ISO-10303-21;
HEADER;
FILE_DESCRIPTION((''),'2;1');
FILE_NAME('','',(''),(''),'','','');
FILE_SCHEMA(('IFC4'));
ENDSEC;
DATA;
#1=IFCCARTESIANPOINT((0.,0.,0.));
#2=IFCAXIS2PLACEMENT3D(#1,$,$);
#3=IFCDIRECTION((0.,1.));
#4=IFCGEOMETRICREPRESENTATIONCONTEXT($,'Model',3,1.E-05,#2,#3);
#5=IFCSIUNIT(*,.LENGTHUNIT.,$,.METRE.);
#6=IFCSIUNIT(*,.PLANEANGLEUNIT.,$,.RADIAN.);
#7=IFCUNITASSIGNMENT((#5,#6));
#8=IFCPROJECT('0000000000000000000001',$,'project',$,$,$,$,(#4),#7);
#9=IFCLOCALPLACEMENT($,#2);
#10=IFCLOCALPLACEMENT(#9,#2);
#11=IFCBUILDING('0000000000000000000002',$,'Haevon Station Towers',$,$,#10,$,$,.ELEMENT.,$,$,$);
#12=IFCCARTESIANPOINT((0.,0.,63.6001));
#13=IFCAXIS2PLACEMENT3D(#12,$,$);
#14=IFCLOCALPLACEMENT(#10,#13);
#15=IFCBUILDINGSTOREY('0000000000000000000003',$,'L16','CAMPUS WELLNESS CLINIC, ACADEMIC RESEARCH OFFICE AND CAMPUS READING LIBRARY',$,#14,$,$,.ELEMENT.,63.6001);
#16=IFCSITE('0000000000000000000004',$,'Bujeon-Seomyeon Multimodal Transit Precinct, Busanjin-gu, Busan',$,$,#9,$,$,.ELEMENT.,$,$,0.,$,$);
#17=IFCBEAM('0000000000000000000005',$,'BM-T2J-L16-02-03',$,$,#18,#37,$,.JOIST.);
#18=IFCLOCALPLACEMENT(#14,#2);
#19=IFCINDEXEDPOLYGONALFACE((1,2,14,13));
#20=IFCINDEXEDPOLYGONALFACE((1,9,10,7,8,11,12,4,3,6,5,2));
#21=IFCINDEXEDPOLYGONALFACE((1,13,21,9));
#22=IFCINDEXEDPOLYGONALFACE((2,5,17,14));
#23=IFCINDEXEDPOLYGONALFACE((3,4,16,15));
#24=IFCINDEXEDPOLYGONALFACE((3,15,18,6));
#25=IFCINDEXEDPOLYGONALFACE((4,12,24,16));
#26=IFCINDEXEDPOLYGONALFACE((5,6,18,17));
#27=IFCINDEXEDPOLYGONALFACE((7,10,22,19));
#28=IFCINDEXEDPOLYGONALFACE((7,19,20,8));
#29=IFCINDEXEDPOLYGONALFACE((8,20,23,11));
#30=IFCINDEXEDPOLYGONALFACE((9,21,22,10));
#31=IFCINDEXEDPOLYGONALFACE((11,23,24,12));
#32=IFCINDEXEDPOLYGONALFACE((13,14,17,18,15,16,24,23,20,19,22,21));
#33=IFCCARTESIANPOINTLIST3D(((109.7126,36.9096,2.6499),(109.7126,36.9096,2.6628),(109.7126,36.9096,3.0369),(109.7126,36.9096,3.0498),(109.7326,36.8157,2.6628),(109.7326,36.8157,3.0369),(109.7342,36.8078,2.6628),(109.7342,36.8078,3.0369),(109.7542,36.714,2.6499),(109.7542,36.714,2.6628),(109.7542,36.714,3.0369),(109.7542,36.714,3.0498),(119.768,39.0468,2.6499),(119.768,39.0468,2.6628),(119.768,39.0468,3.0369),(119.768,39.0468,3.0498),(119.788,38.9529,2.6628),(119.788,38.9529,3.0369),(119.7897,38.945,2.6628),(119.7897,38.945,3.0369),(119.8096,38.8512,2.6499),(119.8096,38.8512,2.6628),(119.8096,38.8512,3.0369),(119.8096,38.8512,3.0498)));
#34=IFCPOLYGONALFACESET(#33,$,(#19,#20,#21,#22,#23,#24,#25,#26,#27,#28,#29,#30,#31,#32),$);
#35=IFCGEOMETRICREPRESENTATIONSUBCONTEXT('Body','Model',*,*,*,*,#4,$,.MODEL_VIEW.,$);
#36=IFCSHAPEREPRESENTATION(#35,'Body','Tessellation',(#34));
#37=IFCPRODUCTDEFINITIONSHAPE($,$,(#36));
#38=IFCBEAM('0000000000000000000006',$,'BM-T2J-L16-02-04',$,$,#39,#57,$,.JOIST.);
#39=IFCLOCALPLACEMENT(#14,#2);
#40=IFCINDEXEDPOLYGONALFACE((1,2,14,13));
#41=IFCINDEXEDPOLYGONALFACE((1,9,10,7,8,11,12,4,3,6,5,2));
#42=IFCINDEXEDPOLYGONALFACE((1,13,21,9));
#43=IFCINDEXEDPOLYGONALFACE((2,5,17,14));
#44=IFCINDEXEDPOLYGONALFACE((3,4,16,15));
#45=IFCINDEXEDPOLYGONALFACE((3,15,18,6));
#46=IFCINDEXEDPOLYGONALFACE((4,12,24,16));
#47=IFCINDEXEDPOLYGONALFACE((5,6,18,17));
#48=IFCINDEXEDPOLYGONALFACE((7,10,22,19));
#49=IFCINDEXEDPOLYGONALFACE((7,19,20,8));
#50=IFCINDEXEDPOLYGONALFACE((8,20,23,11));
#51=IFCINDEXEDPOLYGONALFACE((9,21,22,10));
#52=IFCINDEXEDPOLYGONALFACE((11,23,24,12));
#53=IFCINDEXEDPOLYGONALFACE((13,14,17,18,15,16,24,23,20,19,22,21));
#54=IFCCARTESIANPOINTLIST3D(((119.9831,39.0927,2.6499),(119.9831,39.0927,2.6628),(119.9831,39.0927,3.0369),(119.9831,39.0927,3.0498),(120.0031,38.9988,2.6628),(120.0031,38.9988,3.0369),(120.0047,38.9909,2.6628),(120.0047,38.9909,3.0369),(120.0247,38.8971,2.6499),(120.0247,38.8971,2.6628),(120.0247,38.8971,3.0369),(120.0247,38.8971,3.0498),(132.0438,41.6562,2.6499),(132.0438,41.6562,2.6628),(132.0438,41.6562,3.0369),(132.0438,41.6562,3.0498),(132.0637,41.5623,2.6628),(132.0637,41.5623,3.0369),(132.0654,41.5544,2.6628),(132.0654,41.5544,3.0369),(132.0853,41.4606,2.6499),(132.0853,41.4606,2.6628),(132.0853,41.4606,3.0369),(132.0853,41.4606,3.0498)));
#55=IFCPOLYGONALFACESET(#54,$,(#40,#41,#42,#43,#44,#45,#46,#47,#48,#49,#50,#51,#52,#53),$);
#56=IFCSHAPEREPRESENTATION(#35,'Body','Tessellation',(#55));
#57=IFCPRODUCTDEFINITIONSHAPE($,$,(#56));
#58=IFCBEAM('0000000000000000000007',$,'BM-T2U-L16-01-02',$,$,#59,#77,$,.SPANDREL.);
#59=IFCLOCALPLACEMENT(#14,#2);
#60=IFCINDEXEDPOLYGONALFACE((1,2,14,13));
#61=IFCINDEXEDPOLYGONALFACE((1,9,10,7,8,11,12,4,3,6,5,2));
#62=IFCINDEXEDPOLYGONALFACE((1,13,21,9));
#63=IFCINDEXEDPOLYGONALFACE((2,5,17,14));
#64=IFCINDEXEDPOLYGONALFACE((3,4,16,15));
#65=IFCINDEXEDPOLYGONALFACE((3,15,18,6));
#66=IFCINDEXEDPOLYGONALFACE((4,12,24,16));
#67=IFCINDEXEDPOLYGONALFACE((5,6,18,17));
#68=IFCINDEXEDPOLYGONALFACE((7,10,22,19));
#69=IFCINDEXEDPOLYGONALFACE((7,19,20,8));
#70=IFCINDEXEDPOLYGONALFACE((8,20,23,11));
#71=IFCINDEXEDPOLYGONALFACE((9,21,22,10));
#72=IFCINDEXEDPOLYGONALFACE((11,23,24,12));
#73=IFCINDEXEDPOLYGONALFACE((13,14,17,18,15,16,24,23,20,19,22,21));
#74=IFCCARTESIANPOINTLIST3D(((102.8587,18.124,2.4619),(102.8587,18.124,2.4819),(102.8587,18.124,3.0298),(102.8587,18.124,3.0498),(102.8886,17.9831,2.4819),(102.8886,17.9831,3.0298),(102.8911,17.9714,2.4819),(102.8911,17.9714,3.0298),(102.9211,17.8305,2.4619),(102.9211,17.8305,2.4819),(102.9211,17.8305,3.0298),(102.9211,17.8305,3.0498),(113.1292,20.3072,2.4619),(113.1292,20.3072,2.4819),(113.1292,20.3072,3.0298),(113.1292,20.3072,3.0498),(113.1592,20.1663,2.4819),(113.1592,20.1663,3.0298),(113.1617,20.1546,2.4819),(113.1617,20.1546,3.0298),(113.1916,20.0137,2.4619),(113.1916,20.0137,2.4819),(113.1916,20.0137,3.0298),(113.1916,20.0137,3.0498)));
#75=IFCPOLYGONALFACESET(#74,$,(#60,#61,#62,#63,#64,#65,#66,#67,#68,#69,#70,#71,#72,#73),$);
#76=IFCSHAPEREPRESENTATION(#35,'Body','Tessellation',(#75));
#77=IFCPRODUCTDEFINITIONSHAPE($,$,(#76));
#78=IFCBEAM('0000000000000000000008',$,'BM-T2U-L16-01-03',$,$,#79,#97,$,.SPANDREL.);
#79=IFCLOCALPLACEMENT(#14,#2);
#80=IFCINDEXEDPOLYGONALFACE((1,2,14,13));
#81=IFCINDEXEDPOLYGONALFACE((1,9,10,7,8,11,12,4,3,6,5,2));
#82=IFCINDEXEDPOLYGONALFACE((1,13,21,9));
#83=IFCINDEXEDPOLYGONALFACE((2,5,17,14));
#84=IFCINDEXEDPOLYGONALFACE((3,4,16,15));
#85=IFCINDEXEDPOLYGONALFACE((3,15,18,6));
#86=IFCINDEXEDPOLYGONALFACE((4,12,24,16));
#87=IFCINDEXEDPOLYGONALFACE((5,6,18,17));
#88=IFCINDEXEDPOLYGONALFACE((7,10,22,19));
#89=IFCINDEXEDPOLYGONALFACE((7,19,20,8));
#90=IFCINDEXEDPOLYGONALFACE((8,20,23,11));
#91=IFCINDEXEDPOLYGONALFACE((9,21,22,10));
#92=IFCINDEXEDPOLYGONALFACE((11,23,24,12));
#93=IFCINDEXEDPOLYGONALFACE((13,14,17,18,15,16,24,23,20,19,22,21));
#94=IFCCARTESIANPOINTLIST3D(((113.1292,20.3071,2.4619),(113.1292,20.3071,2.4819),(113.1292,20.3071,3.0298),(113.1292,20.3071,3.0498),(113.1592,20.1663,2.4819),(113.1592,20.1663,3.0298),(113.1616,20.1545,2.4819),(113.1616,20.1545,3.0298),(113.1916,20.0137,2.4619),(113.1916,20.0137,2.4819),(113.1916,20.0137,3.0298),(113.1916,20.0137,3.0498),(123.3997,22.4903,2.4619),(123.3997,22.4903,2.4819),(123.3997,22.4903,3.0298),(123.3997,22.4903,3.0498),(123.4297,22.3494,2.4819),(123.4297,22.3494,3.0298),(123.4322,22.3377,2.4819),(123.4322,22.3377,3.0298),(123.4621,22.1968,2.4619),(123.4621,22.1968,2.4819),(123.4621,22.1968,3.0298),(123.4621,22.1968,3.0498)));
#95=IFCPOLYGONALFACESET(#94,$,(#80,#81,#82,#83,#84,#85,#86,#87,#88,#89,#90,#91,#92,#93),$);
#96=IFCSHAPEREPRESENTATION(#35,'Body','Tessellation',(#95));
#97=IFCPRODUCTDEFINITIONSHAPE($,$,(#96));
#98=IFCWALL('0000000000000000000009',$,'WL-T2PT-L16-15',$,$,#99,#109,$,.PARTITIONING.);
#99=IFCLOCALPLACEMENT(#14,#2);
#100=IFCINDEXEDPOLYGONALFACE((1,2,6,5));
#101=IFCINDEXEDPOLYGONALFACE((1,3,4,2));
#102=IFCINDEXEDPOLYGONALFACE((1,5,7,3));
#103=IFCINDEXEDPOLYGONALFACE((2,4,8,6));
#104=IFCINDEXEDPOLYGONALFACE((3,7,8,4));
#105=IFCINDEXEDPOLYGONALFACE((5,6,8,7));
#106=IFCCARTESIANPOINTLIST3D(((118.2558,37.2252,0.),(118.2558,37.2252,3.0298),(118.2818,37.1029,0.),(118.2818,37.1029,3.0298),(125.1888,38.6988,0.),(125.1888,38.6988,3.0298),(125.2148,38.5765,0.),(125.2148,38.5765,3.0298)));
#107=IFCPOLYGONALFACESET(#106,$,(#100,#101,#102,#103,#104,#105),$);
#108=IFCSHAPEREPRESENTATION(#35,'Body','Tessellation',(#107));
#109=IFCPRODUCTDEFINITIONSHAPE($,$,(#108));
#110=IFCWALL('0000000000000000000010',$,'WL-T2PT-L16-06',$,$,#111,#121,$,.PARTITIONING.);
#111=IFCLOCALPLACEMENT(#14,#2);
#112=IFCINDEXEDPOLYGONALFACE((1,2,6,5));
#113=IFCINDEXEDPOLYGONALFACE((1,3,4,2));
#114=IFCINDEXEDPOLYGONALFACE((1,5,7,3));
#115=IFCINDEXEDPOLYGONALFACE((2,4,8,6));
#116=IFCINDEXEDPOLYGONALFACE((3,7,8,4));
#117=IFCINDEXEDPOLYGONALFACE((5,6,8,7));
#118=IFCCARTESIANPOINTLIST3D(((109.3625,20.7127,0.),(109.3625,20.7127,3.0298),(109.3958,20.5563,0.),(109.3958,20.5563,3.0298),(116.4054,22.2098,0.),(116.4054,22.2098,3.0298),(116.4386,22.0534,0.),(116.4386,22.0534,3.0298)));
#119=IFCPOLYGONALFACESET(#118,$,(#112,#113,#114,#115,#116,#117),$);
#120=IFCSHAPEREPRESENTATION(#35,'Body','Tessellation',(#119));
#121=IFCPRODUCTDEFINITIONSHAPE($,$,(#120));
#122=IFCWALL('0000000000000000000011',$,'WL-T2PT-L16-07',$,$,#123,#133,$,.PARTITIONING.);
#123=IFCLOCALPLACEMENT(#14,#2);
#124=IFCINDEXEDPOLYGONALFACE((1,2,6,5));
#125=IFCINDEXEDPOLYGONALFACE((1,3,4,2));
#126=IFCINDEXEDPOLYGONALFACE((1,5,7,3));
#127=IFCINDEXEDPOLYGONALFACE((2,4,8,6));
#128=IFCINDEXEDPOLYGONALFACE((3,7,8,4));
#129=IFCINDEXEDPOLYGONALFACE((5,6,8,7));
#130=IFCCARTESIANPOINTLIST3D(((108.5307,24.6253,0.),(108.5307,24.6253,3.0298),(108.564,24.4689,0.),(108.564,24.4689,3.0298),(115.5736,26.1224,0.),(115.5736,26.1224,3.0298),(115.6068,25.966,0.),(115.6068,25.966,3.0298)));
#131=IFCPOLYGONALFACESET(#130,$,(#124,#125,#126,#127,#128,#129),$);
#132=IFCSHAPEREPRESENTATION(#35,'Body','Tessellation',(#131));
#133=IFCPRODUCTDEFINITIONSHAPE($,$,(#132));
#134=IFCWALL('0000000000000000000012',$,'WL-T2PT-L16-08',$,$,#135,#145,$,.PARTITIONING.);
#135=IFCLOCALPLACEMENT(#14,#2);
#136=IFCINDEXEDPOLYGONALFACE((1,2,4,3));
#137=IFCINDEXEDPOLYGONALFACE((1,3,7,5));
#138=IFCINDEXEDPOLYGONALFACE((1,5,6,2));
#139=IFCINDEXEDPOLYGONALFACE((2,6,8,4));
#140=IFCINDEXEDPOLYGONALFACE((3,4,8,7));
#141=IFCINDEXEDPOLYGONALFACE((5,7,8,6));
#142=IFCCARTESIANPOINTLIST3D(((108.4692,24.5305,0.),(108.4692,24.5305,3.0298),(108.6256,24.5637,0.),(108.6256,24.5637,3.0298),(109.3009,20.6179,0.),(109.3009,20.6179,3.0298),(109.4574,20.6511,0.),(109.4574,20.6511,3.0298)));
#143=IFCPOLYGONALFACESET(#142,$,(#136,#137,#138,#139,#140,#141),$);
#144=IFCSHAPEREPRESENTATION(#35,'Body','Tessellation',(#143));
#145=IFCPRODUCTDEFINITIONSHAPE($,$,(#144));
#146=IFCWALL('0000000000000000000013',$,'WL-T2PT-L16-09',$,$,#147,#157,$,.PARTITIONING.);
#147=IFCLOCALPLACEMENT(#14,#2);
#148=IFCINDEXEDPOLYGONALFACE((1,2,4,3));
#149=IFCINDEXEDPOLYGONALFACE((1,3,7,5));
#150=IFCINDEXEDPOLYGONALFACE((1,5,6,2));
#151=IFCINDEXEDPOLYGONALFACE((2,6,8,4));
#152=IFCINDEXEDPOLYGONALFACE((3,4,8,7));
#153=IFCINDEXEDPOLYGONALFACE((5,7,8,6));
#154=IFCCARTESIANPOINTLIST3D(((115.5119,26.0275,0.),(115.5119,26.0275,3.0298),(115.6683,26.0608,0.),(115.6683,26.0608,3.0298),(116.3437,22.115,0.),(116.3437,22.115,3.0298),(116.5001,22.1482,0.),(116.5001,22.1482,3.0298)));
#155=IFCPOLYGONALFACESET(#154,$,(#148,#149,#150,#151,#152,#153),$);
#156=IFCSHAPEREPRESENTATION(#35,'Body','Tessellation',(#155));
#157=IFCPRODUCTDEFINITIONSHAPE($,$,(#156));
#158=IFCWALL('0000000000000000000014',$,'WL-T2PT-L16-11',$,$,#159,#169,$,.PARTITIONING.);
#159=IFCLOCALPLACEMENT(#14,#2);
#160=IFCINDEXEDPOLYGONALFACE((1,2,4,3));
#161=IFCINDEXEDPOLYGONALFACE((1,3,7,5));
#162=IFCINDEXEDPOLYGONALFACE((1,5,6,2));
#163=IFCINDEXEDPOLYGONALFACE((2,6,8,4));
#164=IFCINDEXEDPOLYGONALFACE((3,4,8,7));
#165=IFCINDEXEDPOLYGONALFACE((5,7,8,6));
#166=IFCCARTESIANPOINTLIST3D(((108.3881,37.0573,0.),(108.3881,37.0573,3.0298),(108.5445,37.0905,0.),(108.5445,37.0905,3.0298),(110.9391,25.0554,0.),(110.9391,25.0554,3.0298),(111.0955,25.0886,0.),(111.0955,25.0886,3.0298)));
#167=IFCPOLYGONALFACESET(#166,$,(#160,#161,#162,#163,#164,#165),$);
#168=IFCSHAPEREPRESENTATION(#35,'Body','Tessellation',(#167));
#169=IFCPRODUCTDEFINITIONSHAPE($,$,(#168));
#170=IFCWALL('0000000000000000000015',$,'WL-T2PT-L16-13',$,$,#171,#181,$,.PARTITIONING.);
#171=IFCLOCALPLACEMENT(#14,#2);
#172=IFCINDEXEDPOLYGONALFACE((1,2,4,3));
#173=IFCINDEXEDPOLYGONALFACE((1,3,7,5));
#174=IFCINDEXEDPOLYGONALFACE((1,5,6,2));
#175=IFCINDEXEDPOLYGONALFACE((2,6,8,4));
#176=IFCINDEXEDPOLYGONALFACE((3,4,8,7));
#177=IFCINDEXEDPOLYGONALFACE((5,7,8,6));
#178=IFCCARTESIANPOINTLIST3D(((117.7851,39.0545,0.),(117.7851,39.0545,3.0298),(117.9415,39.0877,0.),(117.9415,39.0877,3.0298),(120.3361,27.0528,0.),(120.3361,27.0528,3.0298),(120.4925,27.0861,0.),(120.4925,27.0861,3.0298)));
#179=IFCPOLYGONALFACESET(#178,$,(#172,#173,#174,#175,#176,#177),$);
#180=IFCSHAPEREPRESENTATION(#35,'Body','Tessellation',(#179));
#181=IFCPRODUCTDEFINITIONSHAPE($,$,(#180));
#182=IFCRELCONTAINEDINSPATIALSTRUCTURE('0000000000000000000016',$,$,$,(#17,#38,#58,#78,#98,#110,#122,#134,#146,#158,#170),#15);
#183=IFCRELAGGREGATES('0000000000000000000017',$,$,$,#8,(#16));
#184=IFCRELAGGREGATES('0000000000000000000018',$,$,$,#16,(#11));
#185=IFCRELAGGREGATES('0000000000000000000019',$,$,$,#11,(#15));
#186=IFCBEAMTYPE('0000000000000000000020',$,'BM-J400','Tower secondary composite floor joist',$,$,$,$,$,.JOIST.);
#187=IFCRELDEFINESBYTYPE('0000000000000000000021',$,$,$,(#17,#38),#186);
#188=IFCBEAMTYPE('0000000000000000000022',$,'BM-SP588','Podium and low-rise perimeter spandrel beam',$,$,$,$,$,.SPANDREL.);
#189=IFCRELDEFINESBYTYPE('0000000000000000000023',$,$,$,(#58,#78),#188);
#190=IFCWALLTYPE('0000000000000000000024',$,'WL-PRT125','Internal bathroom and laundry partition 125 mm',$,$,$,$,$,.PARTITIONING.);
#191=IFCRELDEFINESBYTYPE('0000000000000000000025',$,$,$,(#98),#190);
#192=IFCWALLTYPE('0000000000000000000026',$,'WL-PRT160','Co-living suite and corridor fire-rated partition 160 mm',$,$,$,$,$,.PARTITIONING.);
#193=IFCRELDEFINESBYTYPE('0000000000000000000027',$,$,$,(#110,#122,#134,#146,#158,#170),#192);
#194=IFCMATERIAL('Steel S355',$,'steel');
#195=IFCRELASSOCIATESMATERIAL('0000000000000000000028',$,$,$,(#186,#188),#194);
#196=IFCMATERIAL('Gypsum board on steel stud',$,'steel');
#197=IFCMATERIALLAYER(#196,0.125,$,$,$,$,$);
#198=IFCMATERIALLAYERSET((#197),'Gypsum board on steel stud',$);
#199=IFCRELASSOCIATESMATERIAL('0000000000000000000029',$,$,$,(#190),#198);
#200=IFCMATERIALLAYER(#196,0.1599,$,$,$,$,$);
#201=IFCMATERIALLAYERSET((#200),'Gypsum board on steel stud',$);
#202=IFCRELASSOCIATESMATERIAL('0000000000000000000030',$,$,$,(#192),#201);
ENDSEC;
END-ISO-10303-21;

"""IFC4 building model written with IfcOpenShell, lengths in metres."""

from ifc_helpers import new_model, si_unit, direction, frame, frame_2d, origin, origin_2d, place, context, subcontext, project, spatial, rectangle, i_section, extrude, material, layer, layer_set, material_profile, profile_set, type_object, element, save


model = new_model("IFC4")

# Units and contexts
model_context = context("Model", 3, precision=1e-05, world=origin(), true_north=direction((0.0, 1.0)))
body_context = subcontext(model_context, "Body", "Model", "MODEL_VIEW")
ifc_project = project(units=[si_unit("LENGTHUNIT", "METRE"), si_unit("PLANEANGLEUNIT", "RADIAN")], contexts=[model_context])

# Site, building, storey
site_placement = place(None, origin())
site = spatial("IfcSite", under=ifc_project, at=site_placement, Name="Bujeon-Seomyeon Multimodal Transit Precinct, Busanjin-gu, Busan", CompositionType="ELEMENT", RefElevation=0.0)
building_placement = place(site_placement, origin())
building = spatial("IfcBuilding", under=site, at=building_placement, Name="Haevon Station Towers", CompositionType="ELEMENT")
storey_placement = place(building_placement, frame((0.0, 0.0, 63.6001)))
storey = spatial("IfcBuildingStorey", under=building, at=storey_placement, Name="L16", Description="CAMPUS WELLNESS CLINIC, ACADEMIC RESEARCH OFFICE AND CAMPUS READING LIBRARY", CompositionType="ELEMENT", Elevation=63.6001)

# Beams
ifc_material_1 = material(Name="Steel S355", Category="steel")
ifc_material_profile_1 = material_profile(ifc_material_1, i_section(OverallWidth=0.2, OverallDepth=0.3999, WebThickness=0.0081, FlangeThickness=0.0129, at=origin_2d()), Name="H-400x200x8x13")
ifc_profile_set_1 = profile_set([ifc_material_profile_1], Name="Steel S355")
beam_type_1 = type_object("IfcBeamType", Name="BM-J400", Description="Tower secondary composite floor joist", PredefinedType="JOIST", material=ifc_profile_set_1)
beam_1_placement = place(storey_placement, frame((109.7334, 36.8118, 2.8499), z_axis=(0.97815, 0.207899, 0.0), x_axis=(-0.207899, 0.97815, 0.0)))
element("IfcBeam", 1, at=beam_1_placement, inside=storey, type_object=beam_type_1, Name="BM-T2J-L16-02-03", PredefinedType="JOIST", context=body_context, shape_type="SweptSolid", body=[
    extrude(i_section(OverallWidth=0.2, OverallDepth=0.3999, WebThickness=0.0081, FlangeThickness=0.0129, at=origin_2d()), origin(), (0.0, 0.0, 1.0), 10.28),
])
beam_2_placement = place(storey_placement, frame((120.0039, 38.9949, 2.8499), z_axis=(0.978149, 0.207906, 0.0), x_axis=(-0.207906, 0.978149, 0.0)))
element("IfcBeam", 2, at=beam_2_placement, inside=storey, type_object=beam_type_1, Name="BM-T2J-L16-02-04", PredefinedType="JOIST", context=body_context, shape_type="SweptSolid", body=[
    extrude(i_section(OverallWidth=0.2, OverallDepth=0.3999, WebThickness=0.0081, FlangeThickness=0.0129, at=origin_2d()), origin(), (0.0, 0.0, 1.0), 12.3301),
])
ifc_material_profile_2 = material_profile(ifc_material_1, i_section(OverallWidth=0.3, OverallDepth=0.5879, WebThickness=0.012, FlangeThickness=0.02, at=origin_2d()), Name="H-588x300x12x20")
ifc_profile_set_2 = profile_set([ifc_material_profile_2], Name="Steel S355")
beam_type_2 = type_object("IfcBeamType", Name="BM-SP588", Description="Podium and low-rise perimeter spandrel beam", PredefinedType="SPANDREL", material=ifc_profile_set_2)
for number, where, z_axis, x_axis, name in (
    (3, (102.8899, 17.9773, 2.7559), (0.978147, 0.207915, 0.0), (-0.207915, 0.978147, 0.0), "BM-T2U-L16-01-02"),
    (4, (113.1604, 20.1604, 2.7559), (0.978147, 0.207915, 0.0), (-0.207915, 0.978147, 0.0), "BM-T2U-L16-01-03"),
):
    element("IfcBeam", number, at=place(storey_placement, frame(where, z_axis=z_axis, x_axis=x_axis)), inside=storey, type_object=beam_type_2, Name=name, PredefinedType="SPANDREL", context=body_context, shape_type="SweptSolid", body=[
        extrude(i_section(OverallWidth=0.3, OverallDepth=0.5879, WebThickness=0.012, FlangeThickness=0.02, at=origin_2d()), origin(), (0.0, 0.0, 1.0), 10.5),
    ])

# Walls
ifc_material_2 = material(Name="Gypsum board on steel stud", Category="steel")
ifc_layer_1 = layer(ifc_material_2, 0.125)
ifc_layer_set_1 = layer_set([ifc_layer_1], Name="Gypsum board on steel stud")
wall_type_1 = type_object("IfcWallType", Name="WL-PRT125", Description="Internal bathroom and laundry partition 125 mm", PredefinedType="PARTITIONING", material=ifc_layer_set_1)
wall_1_placement = place(storey_placement, frame((118.2688, 37.1641, 0.0), z_axis=(0.0, 0.0, 1.0), x_axis=(0.978149, 0.207906, 0.0)))
element("IfcWall", 5, at=wall_1_placement, inside=storey, type_object=wall_type_1, Name="WL-T2PT-L16-15", PredefinedType="PARTITIONING", context=body_context, shape_type="SweptSolid", body=[
    extrude(rectangle(XDim=7.0879, YDim=0.125, at=frame_2d((3.5439, 0.0))), origin(), (0.0, 0.0, 1.0), 3.0298),
])
ifc_layer_2 = layer(ifc_material_2, 0.1599)
ifc_layer_set_2 = layer_set([ifc_layer_2], Name="Gypsum board on steel stud")
wall_type_2 = type_object("IfcWallType", Name="WL-PRT160", Description="Co-living suite and corridor fire-rated partition 160 mm", PredefinedType="PARTITIONING", material=ifc_layer_set_2)
for number, where, z_axis, x_axis, name in (
    (6, (109.3792, 20.6345, 0.0), (0.0, 0.0, 1.0), (0.978145, 0.207924, 0.0), "WL-T2PT-L16-06"),
    (7, (108.5474, 24.5471, 0.0), (0.0, 0.0, 1.0), (0.978145, 0.207924, 0.0), "WL-T2PT-L16-07"),
):
    element("IfcWall", number, at=place(storey_placement, frame(where, z_axis=z_axis, x_axis=x_axis)), inside=storey, type_object=wall_type_2, Name=name, PredefinedType="PARTITIONING", context=body_context, shape_type="SweptSolid", body=[
        extrude(rectangle(XDim=7.2002, YDim=0.1599, at=frame_2d((3.6001, 0.0))), origin(), (0.0, 0.0, 1.0), 3.0298),
    ])
for number, where, z_axis, x_axis, name in (
    (8, (109.3792, 20.6345, 0.0), (0.0, 0.0, 1.0), (-0.207945, 0.978141, 0.0), "WL-T2PT-L16-08"),
    (9, (116.4219, 22.1316, 0.0), (0.0, 0.0, 1.0), (-0.207945, 0.978141, 0.0), "WL-T2PT-L16-09"),
):
    element("IfcWall", number, at=place(storey_placement, frame(where, z_axis=z_axis, x_axis=x_axis)), inside=storey, type_object=wall_type_2, Name=name, PredefinedType="PARTITIONING", context=body_context, shape_type="SweptSolid", body=[
        extrude(rectangle(XDim=4.0, YDim=0.1599, at=frame_2d((2.0, 0.0))), origin(), (0.0, 0.0, 1.0), 3.0298),
    ])
wall_2_placement = place(storey_placement, frame((111.0173, 25.072, 0.0), z_axis=(0.0, 0.0, 1.0), x_axis=(-0.207906, 0.978149, 0.0)))
element("IfcWall", 10, at=wall_2_placement, inside=storey, type_object=wall_type_2, Name="WL-T2PT-L16-11", PredefinedType="PARTITIONING", context=body_context, shape_type="SweptSolid", body=[
    extrude(rectangle(XDim=12.27, YDim=0.1599, at=frame_2d((6.135, 0.0))), origin(), (0.0, 0.0, 1.0), 3.0298),
])
wall_3_placement = place(storey_placement, frame((120.4143, 27.0696, 0.0), z_axis=(0.0, 0.0, 1.0), x_axis=(-0.20791, 0.978148, 0.0)))
element("IfcWall", 11, at=wall_3_placement, inside=storey, type_object=wall_type_2, Name="WL-T2PT-L16-13", PredefinedType="PARTITIONING", context=body_context, shape_type="SweptSolid", body=[
    extrude(rectangle(XDim=12.2698, YDim=0.1599, at=frame_2d((6.1348, 0.0))), origin(), (0.0, 0.0, 1.0), 3.0298),
])

save(model, "model.ifc")
